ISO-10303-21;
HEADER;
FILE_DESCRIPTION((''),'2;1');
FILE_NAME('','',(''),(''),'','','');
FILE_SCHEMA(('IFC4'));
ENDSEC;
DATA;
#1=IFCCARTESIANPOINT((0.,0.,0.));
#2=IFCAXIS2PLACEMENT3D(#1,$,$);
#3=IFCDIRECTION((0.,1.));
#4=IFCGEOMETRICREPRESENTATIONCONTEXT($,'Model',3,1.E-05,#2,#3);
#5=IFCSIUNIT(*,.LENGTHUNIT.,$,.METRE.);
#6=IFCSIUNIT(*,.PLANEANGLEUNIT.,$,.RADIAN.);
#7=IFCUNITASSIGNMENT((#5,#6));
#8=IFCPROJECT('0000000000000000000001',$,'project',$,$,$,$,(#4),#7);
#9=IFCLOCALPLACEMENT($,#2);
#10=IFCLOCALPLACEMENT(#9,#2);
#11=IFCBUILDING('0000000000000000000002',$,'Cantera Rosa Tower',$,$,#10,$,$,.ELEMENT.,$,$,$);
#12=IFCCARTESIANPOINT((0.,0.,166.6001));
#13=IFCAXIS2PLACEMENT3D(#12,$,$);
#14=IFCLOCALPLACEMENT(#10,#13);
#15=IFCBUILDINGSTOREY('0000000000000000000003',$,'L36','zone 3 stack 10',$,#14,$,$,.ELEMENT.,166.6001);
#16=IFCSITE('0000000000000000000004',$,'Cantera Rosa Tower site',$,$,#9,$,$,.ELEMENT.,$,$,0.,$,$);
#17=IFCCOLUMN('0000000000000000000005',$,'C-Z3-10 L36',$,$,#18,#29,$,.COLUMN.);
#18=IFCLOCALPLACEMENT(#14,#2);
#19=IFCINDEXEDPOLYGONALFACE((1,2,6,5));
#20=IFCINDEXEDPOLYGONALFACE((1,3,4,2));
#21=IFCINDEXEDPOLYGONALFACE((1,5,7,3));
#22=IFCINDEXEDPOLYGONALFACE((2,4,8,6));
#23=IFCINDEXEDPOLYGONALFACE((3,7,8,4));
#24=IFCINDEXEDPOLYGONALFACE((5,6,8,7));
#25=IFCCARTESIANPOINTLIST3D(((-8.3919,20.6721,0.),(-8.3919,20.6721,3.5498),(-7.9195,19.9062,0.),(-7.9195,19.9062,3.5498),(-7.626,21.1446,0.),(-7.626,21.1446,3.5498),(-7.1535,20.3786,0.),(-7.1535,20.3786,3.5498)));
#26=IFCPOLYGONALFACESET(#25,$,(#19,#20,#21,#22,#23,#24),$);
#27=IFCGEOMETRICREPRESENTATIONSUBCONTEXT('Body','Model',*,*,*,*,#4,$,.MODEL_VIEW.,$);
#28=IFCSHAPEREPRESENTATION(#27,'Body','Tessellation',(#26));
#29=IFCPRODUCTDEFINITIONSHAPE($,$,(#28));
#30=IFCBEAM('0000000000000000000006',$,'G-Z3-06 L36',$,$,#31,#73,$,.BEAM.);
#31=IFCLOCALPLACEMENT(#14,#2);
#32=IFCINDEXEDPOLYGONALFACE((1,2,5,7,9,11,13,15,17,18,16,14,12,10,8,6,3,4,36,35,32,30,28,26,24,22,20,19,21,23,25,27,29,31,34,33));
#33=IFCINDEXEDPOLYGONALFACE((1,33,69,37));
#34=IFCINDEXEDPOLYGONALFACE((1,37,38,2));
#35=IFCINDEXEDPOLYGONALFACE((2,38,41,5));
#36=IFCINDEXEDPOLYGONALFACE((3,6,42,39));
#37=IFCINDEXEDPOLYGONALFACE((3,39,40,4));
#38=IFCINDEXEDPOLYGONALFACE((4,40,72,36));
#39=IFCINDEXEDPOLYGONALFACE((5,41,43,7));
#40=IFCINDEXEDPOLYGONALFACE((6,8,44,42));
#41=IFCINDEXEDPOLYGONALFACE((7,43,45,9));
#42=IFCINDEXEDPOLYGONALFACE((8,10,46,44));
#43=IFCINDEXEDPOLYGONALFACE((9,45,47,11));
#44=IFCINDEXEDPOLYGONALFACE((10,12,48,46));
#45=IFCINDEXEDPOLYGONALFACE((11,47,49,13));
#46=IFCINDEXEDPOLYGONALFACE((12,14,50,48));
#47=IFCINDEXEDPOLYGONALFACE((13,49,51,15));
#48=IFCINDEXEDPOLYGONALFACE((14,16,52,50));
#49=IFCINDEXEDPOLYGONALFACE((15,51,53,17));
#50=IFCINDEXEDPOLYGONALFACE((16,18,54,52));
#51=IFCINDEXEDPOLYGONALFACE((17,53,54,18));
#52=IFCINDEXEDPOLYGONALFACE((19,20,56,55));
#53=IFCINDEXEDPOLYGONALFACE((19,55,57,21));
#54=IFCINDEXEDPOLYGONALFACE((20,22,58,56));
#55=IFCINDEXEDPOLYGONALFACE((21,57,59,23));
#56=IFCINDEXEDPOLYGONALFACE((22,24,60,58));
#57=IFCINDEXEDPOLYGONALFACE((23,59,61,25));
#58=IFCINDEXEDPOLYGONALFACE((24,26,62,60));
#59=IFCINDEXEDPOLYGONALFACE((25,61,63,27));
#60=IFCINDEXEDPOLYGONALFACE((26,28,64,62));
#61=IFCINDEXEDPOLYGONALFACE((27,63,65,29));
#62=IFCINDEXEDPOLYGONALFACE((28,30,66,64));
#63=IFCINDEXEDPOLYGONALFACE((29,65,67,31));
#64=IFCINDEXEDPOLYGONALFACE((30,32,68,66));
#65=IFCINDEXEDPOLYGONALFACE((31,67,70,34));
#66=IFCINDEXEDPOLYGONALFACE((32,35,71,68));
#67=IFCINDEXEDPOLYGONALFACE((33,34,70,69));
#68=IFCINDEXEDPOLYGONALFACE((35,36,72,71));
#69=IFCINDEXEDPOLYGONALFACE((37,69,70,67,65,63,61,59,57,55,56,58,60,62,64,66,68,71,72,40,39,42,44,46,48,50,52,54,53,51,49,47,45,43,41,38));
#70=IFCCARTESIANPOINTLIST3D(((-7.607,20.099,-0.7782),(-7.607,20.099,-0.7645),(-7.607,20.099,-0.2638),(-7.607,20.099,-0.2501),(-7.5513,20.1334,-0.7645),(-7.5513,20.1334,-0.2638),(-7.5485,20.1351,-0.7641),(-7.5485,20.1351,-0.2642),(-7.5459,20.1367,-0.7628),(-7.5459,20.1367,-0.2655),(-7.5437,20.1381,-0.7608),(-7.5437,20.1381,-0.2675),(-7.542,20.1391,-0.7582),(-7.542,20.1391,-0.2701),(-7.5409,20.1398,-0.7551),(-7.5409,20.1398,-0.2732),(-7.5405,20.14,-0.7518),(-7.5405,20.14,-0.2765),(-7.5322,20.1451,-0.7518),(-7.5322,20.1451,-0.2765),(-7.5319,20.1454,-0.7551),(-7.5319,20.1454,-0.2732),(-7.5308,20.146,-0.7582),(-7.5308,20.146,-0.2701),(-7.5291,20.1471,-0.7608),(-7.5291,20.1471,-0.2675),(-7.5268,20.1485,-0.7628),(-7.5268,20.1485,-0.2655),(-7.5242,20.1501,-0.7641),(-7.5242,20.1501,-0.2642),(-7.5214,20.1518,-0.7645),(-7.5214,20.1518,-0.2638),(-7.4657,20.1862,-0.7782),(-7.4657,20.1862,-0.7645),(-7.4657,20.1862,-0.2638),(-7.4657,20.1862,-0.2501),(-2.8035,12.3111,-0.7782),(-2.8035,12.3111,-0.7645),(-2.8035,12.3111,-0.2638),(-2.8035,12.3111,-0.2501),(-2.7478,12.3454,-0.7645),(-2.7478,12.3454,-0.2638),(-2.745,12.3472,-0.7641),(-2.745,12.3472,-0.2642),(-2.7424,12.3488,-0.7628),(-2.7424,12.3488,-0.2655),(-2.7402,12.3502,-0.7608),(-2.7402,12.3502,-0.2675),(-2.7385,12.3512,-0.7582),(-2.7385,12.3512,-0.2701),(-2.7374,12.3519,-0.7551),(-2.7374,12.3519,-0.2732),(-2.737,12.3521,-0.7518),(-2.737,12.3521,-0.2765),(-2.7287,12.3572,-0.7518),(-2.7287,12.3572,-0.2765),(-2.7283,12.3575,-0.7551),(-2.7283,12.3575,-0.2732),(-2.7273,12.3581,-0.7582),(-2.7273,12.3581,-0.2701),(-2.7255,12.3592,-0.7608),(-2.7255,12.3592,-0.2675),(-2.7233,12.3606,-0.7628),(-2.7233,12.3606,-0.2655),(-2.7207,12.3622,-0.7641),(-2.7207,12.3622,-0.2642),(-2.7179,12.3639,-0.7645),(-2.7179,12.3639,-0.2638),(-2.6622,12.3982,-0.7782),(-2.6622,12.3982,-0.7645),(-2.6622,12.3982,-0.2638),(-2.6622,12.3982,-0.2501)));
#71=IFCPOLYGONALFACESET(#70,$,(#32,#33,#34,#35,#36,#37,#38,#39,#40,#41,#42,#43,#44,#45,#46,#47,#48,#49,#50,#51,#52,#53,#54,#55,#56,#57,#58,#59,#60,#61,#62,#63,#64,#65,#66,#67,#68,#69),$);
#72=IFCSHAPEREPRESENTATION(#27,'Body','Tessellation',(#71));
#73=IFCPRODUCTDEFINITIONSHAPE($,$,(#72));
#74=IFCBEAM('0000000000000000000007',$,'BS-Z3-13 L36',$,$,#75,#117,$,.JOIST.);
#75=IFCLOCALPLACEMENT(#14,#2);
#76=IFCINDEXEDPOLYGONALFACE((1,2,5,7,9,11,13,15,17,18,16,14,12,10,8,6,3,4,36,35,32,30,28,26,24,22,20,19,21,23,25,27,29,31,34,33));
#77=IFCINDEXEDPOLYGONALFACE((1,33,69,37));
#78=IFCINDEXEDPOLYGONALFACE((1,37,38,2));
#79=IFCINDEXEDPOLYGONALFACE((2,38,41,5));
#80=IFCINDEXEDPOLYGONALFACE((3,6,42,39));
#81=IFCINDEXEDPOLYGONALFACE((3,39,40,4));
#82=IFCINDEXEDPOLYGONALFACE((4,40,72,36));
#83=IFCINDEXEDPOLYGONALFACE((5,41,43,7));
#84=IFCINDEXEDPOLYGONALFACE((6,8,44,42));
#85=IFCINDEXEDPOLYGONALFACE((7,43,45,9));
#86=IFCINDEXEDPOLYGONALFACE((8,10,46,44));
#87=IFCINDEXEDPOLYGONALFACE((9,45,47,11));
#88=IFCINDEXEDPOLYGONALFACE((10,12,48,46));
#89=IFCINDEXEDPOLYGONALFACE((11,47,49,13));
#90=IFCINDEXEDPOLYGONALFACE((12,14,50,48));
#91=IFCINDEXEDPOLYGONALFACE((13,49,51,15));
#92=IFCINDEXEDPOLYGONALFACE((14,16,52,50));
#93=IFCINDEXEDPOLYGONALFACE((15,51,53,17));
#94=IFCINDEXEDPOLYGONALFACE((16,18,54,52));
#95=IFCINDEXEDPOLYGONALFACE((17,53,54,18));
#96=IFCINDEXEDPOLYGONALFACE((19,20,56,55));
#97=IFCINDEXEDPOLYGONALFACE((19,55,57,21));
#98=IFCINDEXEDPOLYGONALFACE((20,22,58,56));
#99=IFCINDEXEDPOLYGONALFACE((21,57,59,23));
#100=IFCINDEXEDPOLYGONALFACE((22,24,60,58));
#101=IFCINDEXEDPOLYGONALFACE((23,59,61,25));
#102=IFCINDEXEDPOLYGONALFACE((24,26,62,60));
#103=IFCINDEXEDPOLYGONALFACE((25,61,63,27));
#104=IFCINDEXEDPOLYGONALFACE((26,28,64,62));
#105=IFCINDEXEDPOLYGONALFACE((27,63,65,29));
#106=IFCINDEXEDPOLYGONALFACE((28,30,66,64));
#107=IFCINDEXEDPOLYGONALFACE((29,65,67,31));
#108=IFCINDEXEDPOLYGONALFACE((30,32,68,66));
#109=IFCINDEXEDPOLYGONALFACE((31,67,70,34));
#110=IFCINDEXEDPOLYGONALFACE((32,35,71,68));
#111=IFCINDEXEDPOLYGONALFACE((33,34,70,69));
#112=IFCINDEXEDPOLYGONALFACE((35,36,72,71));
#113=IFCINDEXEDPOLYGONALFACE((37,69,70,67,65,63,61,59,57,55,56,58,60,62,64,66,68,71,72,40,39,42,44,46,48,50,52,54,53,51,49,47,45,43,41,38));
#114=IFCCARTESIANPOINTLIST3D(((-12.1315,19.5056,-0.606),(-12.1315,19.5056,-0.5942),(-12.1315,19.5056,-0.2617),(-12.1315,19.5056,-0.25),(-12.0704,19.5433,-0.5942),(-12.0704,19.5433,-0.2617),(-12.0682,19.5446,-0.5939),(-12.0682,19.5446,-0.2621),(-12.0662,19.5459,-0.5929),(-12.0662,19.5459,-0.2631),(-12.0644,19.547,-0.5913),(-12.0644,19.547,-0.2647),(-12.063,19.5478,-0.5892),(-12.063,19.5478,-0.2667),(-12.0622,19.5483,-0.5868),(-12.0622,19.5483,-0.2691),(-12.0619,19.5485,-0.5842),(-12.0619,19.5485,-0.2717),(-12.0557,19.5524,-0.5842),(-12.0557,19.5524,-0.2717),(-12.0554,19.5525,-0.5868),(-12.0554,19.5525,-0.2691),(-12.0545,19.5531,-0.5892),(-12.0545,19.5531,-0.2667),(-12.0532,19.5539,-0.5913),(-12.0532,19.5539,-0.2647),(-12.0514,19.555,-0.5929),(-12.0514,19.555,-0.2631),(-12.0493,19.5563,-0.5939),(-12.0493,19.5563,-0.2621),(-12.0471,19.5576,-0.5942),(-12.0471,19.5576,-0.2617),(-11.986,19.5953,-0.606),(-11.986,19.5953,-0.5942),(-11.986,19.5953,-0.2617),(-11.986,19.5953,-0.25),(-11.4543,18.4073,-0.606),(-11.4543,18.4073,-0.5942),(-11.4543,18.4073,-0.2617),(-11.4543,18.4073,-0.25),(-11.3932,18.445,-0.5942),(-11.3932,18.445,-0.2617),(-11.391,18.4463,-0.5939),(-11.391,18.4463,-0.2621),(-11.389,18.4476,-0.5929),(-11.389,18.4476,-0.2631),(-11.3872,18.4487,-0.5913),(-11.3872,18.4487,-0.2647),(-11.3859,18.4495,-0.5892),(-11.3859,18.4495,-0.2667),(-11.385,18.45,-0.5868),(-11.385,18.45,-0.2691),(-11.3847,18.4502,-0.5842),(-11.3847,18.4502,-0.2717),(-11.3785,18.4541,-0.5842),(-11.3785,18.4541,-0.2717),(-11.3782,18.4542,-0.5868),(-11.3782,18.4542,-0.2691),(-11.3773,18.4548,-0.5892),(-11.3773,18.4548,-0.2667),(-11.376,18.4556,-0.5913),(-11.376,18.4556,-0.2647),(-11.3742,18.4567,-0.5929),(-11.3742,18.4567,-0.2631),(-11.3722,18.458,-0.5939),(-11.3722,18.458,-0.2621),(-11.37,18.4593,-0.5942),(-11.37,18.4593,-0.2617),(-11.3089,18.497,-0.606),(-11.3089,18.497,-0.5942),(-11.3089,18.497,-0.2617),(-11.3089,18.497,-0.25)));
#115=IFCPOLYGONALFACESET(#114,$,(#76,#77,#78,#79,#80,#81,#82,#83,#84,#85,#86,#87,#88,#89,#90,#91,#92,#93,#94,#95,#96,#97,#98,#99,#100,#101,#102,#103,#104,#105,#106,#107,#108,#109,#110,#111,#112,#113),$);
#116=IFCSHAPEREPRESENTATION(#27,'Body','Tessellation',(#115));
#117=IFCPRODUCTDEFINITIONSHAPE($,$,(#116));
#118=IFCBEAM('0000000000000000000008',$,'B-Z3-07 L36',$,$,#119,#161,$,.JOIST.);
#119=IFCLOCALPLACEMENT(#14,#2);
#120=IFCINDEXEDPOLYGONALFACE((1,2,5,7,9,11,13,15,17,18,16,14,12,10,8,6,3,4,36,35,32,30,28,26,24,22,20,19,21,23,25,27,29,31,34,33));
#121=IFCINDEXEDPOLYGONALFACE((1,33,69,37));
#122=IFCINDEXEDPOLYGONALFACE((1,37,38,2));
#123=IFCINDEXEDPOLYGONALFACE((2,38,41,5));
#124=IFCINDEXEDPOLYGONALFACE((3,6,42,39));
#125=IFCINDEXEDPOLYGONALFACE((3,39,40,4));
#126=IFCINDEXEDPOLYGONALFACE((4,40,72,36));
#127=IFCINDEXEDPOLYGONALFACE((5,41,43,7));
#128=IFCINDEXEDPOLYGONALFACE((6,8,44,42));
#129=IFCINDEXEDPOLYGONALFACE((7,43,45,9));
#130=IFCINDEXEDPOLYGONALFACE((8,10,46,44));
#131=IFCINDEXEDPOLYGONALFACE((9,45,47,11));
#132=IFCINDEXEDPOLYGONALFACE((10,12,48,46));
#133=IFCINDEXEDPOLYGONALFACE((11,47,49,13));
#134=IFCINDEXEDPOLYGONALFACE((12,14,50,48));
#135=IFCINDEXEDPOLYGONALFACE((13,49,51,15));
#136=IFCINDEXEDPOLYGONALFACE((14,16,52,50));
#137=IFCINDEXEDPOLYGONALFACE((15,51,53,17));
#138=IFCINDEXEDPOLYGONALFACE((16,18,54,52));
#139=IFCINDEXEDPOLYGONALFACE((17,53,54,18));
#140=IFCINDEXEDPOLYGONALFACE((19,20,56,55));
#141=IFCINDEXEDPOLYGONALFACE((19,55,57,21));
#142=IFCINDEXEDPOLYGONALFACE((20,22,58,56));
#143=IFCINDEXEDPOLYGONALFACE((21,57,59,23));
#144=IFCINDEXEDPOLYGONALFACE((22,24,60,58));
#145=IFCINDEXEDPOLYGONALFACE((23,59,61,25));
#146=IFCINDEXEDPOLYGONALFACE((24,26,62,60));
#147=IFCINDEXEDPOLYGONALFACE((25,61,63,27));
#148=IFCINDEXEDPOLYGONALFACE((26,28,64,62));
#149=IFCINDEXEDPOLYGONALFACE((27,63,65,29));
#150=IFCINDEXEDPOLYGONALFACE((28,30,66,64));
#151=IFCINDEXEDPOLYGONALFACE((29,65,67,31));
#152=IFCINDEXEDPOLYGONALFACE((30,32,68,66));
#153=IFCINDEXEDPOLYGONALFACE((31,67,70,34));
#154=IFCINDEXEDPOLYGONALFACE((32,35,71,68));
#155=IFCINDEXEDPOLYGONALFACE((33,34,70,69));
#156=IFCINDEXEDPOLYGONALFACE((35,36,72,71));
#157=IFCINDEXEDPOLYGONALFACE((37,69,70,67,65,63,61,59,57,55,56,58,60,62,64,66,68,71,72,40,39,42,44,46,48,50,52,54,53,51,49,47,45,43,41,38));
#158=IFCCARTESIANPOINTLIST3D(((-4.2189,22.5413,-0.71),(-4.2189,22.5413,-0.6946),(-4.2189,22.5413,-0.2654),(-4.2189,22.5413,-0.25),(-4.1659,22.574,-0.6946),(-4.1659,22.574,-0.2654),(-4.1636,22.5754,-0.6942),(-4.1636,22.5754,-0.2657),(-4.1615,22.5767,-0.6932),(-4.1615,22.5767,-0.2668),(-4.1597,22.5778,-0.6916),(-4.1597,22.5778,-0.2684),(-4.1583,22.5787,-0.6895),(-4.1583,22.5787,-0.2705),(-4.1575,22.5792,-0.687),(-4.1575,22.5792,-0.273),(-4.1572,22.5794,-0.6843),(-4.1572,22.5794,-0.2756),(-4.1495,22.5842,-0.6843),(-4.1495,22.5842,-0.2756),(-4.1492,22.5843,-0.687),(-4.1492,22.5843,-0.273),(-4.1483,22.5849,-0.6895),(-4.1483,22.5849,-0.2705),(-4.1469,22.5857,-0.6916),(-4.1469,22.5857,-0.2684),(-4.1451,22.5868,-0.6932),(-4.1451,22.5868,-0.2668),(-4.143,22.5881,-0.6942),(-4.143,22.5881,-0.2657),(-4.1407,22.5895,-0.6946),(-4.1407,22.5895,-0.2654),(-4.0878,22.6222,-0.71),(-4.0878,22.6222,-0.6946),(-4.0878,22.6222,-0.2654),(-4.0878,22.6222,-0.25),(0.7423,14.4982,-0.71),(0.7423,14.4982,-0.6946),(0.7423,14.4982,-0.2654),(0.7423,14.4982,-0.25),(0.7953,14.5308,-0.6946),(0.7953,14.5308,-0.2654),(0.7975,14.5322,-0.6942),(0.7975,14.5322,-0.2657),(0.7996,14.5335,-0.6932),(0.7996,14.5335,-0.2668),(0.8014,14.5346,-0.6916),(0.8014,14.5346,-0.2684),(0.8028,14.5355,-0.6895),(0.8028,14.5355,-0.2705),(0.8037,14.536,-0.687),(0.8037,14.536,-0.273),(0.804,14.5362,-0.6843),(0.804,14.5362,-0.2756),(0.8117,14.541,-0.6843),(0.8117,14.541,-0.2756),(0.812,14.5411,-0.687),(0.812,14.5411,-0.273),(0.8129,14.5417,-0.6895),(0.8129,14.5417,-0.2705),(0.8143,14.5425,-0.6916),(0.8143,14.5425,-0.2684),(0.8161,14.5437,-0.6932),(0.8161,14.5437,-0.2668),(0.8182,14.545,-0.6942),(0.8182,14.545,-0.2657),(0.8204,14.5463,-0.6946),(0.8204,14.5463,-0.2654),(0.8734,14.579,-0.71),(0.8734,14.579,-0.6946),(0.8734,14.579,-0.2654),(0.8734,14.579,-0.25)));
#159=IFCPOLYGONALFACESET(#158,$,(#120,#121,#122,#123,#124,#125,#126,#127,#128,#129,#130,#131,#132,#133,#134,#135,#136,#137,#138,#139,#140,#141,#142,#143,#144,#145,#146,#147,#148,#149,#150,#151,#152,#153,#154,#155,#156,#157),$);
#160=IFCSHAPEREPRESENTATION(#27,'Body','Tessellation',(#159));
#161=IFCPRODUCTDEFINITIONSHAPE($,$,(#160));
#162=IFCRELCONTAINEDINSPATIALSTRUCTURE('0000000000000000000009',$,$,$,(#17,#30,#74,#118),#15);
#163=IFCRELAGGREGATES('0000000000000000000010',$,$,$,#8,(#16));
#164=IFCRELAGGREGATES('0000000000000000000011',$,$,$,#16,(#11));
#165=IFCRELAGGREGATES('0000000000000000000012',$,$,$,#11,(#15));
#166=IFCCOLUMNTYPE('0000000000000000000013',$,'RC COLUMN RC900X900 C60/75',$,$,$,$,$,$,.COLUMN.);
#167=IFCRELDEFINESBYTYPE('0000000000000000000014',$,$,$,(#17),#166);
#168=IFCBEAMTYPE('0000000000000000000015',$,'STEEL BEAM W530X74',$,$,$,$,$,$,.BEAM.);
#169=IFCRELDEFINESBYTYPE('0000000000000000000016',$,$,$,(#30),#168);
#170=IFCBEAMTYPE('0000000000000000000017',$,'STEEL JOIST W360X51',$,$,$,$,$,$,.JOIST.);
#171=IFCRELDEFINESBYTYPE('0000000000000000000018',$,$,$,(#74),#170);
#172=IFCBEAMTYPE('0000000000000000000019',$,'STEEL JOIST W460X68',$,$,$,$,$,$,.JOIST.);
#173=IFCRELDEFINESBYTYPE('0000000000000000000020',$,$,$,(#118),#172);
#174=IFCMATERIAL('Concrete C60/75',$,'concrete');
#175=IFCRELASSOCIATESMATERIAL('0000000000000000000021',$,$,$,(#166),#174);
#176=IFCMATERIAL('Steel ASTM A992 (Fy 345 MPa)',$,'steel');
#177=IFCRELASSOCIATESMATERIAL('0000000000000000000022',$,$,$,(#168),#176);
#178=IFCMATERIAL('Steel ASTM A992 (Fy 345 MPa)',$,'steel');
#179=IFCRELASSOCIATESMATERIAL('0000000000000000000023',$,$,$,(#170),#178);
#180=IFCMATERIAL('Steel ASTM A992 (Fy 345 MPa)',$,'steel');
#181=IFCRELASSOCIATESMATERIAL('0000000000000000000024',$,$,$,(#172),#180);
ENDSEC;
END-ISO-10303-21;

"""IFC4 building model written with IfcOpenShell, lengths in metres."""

from ifc_helpers import new_model, si_unit, direction, frame, origin, origin_2d, place, context, subcontext, project, spatial, rectangle, i_section, extrude, material, material_profile, profile_set, type_object, element, save


model = new_model("IFC4")

# Units and contexts
model_context = context("Model", 3, precision=1e-05, world=origin(), true_north=direction((0.0, 1.0)))
body_context = subcontext(model_context, "Body", "Model", "MODEL_VIEW")
ifc_project = project(units=[si_unit("LENGTHUNIT", "METRE"), si_unit("PLANEANGLEUNIT", "RADIAN")], contexts=[model_context])

# Site, building, storey
site_placement = place(None, origin())
site = spatial("IfcSite", under=ifc_project, at=site_placement, Name="Cantera Rosa Tower site", CompositionType="ELEMENT", RefElevation=0.0)
building_placement = place(site_placement, origin())
building = spatial("IfcBuilding", under=site, at=building_placement, Name="Cantera Rosa Tower", CompositionType="ELEMENT")
storey_placement = place(building_placement, frame((0.0, 0.0, 166.6001)))
storey = spatial("IfcBuildingStorey", under=building, at=storey_placement, Name="L36", Description="zone 3 stack 10", CompositionType="ELEMENT", Elevation=166.6001)

# Column
ifc_material_1 = material(Name="Concrete C60/75", Category="concrete")
ifc_material_profile_1 = material_profile(ifc_material_1, rectangle(XDim=0.8999, YDim=0.8999, at=origin_2d()), Name="RC COLUMN RC900X900 C60/75")
ifc_profile_set_1 = profile_set([ifc_material_profile_1], Name="Concrete C60/75")
column_type = type_object("IfcColumnType", Name="RC COLUMN RC900X900 C60/75", PredefinedType="COLUMN", material=ifc_profile_set_1)
column_placement = place(storey_placement, frame((-7.7727, 20.5254, 0.0), z_axis=(0.0, 0.0, 1.0), x_axis=(0.851117, 0.524977, 0.0)))
element("IfcColumn", 1, at=column_placement, inside=storey, type_object=column_type, Name="C-Z3-10 L36", PredefinedType="COLUMN", context=body_context, shape_type="SweptSolid", body=[
    extrude(rectangle(XDim=0.8999, YDim=0.8999, at=origin_2d()), origin(), (0.0, 0.0, 1.0), 3.5498),
])

# Beams
ifc_material_2 = material(Name="Steel ASTM A992 (Fy 345 MPa)", Category="steel")
ifc_material_profile_2 = material_profile(ifc_material_2, i_section(OverallWidth=0.166, OverallDepth=0.5281, WebThickness=0.0098, FlangeThickness=0.0137, FilletRadius=0.0127, at=origin_2d()), Name="W530X74")
ifc_profile_set_2 = profile_set([ifc_material_profile_2], Name="Steel ASTM A992 (Fy 345 MPa)")
beam_type_1 = type_object("IfcBeamType", Name="STEEL BEAM W530X74", PredefinedType="BEAM", material=ifc_profile_set_2)
beam_1_placement = place(storey_placement, frame((-7.5364, 20.1426, -0.5142), z_axis=(0.524965, -0.851124, 0.0), x_axis=(0.851124, 0.524965, 0.0)))
element("IfcBeam", 2, at=beam_1_placement, inside=storey, type_object=beam_type_1, Name="G-Z3-06 L36", PredefinedType="BEAM", context=body_context, shape_type="SweptSolid", body=[
    extrude(i_section(OverallWidth=0.166, OverallDepth=0.5281, WebThickness=0.0098, FlangeThickness=0.0137, FilletRadius=0.0127, at=origin_2d()), origin(), (0.0, 0.0, 1.0), 9.1501),
])
ifc_material_3 = material(Name="Steel ASTM A992 (Fy 345 MPa)", Category="steel")
ifc_material_profile_3 = material_profile(ifc_material_3, i_section(OverallWidth=0.1709, OverallDepth=0.356, WebThickness=0.0073, FlangeThickness=0.0117, FilletRadius=0.01, at=origin_2d()), Name="W360X51")
ifc_profile_set_3 = profile_set([ifc_material_profile_3], Name="Steel ASTM A992 (Fy 345 MPa)")
beam_type_2 = type_object("IfcBeamType", Name="STEEL JOIST W360X51", PredefinedType="JOIST", material=ifc_profile_set_3)
beam_2_placement = place(storey_placement, frame((-11.3816, 18.4521, -0.428), z_axis=(-0.524836, 0.851203, 0.0), x_axis=(-0.851203, -0.524836, 0.0)))
element("IfcBeam", 3, at=beam_2_placement, inside=storey, type_object=beam_type_2, Name="BS-Z3-13 L36", PredefinedType="JOIST", context=body_context, shape_type="SweptSolid", body=[
    extrude(i_section(OverallWidth=0.1709, OverallDepth=0.356, WebThickness=0.0073, FlangeThickness=0.0117, FilletRadius=0.01, at=origin_2d()), origin(), (0.0, 0.0, 1.0), 1.2903),
])
ifc_material_4 = material(Name="Steel ASTM A992 (Fy 345 MPa)", Category="steel")
ifc_material_profile_4 = material_profile(ifc_material_4, i_section(OverallWidth=0.1541, OverallDepth=0.46, WebThickness=0.009, FlangeThickness=0.0154, FilletRadius=0.0103, at=origin_2d()), Name="W460X68")
ifc_profile_set_4 = profile_set([ifc_material_profile_4], Name="Steel ASTM A992 (Fy 345 MPa)")
beam_type_3 = type_object("IfcBeamType", Name="STEEL JOIST W460X68", PredefinedType="JOIST", material=ifc_profile_set_4)
beam_3_placement = place(storey_placement, frame((-4.1533, 22.5818, -0.48), z_axis=(0.524981, -0.851114, 0.0), x_axis=(0.851114, 0.524981, 0.0)))
element("IfcBeam", 4, at=beam_3_placement, inside=storey, type_object=beam_type_3, Name="B-Z3-07 L36", PredefinedType="JOIST", context=body_context, shape_type="SweptSolid", body=[
    extrude(i_section(OverallWidth=0.1541, OverallDepth=0.46, WebThickness=0.009, FlangeThickness=0.0154, FilletRadius=0.0103, at=origin_2d()), origin(), (0.0, 0.0, 1.0), 9.4502),
])

save(model, "model.ifc")
